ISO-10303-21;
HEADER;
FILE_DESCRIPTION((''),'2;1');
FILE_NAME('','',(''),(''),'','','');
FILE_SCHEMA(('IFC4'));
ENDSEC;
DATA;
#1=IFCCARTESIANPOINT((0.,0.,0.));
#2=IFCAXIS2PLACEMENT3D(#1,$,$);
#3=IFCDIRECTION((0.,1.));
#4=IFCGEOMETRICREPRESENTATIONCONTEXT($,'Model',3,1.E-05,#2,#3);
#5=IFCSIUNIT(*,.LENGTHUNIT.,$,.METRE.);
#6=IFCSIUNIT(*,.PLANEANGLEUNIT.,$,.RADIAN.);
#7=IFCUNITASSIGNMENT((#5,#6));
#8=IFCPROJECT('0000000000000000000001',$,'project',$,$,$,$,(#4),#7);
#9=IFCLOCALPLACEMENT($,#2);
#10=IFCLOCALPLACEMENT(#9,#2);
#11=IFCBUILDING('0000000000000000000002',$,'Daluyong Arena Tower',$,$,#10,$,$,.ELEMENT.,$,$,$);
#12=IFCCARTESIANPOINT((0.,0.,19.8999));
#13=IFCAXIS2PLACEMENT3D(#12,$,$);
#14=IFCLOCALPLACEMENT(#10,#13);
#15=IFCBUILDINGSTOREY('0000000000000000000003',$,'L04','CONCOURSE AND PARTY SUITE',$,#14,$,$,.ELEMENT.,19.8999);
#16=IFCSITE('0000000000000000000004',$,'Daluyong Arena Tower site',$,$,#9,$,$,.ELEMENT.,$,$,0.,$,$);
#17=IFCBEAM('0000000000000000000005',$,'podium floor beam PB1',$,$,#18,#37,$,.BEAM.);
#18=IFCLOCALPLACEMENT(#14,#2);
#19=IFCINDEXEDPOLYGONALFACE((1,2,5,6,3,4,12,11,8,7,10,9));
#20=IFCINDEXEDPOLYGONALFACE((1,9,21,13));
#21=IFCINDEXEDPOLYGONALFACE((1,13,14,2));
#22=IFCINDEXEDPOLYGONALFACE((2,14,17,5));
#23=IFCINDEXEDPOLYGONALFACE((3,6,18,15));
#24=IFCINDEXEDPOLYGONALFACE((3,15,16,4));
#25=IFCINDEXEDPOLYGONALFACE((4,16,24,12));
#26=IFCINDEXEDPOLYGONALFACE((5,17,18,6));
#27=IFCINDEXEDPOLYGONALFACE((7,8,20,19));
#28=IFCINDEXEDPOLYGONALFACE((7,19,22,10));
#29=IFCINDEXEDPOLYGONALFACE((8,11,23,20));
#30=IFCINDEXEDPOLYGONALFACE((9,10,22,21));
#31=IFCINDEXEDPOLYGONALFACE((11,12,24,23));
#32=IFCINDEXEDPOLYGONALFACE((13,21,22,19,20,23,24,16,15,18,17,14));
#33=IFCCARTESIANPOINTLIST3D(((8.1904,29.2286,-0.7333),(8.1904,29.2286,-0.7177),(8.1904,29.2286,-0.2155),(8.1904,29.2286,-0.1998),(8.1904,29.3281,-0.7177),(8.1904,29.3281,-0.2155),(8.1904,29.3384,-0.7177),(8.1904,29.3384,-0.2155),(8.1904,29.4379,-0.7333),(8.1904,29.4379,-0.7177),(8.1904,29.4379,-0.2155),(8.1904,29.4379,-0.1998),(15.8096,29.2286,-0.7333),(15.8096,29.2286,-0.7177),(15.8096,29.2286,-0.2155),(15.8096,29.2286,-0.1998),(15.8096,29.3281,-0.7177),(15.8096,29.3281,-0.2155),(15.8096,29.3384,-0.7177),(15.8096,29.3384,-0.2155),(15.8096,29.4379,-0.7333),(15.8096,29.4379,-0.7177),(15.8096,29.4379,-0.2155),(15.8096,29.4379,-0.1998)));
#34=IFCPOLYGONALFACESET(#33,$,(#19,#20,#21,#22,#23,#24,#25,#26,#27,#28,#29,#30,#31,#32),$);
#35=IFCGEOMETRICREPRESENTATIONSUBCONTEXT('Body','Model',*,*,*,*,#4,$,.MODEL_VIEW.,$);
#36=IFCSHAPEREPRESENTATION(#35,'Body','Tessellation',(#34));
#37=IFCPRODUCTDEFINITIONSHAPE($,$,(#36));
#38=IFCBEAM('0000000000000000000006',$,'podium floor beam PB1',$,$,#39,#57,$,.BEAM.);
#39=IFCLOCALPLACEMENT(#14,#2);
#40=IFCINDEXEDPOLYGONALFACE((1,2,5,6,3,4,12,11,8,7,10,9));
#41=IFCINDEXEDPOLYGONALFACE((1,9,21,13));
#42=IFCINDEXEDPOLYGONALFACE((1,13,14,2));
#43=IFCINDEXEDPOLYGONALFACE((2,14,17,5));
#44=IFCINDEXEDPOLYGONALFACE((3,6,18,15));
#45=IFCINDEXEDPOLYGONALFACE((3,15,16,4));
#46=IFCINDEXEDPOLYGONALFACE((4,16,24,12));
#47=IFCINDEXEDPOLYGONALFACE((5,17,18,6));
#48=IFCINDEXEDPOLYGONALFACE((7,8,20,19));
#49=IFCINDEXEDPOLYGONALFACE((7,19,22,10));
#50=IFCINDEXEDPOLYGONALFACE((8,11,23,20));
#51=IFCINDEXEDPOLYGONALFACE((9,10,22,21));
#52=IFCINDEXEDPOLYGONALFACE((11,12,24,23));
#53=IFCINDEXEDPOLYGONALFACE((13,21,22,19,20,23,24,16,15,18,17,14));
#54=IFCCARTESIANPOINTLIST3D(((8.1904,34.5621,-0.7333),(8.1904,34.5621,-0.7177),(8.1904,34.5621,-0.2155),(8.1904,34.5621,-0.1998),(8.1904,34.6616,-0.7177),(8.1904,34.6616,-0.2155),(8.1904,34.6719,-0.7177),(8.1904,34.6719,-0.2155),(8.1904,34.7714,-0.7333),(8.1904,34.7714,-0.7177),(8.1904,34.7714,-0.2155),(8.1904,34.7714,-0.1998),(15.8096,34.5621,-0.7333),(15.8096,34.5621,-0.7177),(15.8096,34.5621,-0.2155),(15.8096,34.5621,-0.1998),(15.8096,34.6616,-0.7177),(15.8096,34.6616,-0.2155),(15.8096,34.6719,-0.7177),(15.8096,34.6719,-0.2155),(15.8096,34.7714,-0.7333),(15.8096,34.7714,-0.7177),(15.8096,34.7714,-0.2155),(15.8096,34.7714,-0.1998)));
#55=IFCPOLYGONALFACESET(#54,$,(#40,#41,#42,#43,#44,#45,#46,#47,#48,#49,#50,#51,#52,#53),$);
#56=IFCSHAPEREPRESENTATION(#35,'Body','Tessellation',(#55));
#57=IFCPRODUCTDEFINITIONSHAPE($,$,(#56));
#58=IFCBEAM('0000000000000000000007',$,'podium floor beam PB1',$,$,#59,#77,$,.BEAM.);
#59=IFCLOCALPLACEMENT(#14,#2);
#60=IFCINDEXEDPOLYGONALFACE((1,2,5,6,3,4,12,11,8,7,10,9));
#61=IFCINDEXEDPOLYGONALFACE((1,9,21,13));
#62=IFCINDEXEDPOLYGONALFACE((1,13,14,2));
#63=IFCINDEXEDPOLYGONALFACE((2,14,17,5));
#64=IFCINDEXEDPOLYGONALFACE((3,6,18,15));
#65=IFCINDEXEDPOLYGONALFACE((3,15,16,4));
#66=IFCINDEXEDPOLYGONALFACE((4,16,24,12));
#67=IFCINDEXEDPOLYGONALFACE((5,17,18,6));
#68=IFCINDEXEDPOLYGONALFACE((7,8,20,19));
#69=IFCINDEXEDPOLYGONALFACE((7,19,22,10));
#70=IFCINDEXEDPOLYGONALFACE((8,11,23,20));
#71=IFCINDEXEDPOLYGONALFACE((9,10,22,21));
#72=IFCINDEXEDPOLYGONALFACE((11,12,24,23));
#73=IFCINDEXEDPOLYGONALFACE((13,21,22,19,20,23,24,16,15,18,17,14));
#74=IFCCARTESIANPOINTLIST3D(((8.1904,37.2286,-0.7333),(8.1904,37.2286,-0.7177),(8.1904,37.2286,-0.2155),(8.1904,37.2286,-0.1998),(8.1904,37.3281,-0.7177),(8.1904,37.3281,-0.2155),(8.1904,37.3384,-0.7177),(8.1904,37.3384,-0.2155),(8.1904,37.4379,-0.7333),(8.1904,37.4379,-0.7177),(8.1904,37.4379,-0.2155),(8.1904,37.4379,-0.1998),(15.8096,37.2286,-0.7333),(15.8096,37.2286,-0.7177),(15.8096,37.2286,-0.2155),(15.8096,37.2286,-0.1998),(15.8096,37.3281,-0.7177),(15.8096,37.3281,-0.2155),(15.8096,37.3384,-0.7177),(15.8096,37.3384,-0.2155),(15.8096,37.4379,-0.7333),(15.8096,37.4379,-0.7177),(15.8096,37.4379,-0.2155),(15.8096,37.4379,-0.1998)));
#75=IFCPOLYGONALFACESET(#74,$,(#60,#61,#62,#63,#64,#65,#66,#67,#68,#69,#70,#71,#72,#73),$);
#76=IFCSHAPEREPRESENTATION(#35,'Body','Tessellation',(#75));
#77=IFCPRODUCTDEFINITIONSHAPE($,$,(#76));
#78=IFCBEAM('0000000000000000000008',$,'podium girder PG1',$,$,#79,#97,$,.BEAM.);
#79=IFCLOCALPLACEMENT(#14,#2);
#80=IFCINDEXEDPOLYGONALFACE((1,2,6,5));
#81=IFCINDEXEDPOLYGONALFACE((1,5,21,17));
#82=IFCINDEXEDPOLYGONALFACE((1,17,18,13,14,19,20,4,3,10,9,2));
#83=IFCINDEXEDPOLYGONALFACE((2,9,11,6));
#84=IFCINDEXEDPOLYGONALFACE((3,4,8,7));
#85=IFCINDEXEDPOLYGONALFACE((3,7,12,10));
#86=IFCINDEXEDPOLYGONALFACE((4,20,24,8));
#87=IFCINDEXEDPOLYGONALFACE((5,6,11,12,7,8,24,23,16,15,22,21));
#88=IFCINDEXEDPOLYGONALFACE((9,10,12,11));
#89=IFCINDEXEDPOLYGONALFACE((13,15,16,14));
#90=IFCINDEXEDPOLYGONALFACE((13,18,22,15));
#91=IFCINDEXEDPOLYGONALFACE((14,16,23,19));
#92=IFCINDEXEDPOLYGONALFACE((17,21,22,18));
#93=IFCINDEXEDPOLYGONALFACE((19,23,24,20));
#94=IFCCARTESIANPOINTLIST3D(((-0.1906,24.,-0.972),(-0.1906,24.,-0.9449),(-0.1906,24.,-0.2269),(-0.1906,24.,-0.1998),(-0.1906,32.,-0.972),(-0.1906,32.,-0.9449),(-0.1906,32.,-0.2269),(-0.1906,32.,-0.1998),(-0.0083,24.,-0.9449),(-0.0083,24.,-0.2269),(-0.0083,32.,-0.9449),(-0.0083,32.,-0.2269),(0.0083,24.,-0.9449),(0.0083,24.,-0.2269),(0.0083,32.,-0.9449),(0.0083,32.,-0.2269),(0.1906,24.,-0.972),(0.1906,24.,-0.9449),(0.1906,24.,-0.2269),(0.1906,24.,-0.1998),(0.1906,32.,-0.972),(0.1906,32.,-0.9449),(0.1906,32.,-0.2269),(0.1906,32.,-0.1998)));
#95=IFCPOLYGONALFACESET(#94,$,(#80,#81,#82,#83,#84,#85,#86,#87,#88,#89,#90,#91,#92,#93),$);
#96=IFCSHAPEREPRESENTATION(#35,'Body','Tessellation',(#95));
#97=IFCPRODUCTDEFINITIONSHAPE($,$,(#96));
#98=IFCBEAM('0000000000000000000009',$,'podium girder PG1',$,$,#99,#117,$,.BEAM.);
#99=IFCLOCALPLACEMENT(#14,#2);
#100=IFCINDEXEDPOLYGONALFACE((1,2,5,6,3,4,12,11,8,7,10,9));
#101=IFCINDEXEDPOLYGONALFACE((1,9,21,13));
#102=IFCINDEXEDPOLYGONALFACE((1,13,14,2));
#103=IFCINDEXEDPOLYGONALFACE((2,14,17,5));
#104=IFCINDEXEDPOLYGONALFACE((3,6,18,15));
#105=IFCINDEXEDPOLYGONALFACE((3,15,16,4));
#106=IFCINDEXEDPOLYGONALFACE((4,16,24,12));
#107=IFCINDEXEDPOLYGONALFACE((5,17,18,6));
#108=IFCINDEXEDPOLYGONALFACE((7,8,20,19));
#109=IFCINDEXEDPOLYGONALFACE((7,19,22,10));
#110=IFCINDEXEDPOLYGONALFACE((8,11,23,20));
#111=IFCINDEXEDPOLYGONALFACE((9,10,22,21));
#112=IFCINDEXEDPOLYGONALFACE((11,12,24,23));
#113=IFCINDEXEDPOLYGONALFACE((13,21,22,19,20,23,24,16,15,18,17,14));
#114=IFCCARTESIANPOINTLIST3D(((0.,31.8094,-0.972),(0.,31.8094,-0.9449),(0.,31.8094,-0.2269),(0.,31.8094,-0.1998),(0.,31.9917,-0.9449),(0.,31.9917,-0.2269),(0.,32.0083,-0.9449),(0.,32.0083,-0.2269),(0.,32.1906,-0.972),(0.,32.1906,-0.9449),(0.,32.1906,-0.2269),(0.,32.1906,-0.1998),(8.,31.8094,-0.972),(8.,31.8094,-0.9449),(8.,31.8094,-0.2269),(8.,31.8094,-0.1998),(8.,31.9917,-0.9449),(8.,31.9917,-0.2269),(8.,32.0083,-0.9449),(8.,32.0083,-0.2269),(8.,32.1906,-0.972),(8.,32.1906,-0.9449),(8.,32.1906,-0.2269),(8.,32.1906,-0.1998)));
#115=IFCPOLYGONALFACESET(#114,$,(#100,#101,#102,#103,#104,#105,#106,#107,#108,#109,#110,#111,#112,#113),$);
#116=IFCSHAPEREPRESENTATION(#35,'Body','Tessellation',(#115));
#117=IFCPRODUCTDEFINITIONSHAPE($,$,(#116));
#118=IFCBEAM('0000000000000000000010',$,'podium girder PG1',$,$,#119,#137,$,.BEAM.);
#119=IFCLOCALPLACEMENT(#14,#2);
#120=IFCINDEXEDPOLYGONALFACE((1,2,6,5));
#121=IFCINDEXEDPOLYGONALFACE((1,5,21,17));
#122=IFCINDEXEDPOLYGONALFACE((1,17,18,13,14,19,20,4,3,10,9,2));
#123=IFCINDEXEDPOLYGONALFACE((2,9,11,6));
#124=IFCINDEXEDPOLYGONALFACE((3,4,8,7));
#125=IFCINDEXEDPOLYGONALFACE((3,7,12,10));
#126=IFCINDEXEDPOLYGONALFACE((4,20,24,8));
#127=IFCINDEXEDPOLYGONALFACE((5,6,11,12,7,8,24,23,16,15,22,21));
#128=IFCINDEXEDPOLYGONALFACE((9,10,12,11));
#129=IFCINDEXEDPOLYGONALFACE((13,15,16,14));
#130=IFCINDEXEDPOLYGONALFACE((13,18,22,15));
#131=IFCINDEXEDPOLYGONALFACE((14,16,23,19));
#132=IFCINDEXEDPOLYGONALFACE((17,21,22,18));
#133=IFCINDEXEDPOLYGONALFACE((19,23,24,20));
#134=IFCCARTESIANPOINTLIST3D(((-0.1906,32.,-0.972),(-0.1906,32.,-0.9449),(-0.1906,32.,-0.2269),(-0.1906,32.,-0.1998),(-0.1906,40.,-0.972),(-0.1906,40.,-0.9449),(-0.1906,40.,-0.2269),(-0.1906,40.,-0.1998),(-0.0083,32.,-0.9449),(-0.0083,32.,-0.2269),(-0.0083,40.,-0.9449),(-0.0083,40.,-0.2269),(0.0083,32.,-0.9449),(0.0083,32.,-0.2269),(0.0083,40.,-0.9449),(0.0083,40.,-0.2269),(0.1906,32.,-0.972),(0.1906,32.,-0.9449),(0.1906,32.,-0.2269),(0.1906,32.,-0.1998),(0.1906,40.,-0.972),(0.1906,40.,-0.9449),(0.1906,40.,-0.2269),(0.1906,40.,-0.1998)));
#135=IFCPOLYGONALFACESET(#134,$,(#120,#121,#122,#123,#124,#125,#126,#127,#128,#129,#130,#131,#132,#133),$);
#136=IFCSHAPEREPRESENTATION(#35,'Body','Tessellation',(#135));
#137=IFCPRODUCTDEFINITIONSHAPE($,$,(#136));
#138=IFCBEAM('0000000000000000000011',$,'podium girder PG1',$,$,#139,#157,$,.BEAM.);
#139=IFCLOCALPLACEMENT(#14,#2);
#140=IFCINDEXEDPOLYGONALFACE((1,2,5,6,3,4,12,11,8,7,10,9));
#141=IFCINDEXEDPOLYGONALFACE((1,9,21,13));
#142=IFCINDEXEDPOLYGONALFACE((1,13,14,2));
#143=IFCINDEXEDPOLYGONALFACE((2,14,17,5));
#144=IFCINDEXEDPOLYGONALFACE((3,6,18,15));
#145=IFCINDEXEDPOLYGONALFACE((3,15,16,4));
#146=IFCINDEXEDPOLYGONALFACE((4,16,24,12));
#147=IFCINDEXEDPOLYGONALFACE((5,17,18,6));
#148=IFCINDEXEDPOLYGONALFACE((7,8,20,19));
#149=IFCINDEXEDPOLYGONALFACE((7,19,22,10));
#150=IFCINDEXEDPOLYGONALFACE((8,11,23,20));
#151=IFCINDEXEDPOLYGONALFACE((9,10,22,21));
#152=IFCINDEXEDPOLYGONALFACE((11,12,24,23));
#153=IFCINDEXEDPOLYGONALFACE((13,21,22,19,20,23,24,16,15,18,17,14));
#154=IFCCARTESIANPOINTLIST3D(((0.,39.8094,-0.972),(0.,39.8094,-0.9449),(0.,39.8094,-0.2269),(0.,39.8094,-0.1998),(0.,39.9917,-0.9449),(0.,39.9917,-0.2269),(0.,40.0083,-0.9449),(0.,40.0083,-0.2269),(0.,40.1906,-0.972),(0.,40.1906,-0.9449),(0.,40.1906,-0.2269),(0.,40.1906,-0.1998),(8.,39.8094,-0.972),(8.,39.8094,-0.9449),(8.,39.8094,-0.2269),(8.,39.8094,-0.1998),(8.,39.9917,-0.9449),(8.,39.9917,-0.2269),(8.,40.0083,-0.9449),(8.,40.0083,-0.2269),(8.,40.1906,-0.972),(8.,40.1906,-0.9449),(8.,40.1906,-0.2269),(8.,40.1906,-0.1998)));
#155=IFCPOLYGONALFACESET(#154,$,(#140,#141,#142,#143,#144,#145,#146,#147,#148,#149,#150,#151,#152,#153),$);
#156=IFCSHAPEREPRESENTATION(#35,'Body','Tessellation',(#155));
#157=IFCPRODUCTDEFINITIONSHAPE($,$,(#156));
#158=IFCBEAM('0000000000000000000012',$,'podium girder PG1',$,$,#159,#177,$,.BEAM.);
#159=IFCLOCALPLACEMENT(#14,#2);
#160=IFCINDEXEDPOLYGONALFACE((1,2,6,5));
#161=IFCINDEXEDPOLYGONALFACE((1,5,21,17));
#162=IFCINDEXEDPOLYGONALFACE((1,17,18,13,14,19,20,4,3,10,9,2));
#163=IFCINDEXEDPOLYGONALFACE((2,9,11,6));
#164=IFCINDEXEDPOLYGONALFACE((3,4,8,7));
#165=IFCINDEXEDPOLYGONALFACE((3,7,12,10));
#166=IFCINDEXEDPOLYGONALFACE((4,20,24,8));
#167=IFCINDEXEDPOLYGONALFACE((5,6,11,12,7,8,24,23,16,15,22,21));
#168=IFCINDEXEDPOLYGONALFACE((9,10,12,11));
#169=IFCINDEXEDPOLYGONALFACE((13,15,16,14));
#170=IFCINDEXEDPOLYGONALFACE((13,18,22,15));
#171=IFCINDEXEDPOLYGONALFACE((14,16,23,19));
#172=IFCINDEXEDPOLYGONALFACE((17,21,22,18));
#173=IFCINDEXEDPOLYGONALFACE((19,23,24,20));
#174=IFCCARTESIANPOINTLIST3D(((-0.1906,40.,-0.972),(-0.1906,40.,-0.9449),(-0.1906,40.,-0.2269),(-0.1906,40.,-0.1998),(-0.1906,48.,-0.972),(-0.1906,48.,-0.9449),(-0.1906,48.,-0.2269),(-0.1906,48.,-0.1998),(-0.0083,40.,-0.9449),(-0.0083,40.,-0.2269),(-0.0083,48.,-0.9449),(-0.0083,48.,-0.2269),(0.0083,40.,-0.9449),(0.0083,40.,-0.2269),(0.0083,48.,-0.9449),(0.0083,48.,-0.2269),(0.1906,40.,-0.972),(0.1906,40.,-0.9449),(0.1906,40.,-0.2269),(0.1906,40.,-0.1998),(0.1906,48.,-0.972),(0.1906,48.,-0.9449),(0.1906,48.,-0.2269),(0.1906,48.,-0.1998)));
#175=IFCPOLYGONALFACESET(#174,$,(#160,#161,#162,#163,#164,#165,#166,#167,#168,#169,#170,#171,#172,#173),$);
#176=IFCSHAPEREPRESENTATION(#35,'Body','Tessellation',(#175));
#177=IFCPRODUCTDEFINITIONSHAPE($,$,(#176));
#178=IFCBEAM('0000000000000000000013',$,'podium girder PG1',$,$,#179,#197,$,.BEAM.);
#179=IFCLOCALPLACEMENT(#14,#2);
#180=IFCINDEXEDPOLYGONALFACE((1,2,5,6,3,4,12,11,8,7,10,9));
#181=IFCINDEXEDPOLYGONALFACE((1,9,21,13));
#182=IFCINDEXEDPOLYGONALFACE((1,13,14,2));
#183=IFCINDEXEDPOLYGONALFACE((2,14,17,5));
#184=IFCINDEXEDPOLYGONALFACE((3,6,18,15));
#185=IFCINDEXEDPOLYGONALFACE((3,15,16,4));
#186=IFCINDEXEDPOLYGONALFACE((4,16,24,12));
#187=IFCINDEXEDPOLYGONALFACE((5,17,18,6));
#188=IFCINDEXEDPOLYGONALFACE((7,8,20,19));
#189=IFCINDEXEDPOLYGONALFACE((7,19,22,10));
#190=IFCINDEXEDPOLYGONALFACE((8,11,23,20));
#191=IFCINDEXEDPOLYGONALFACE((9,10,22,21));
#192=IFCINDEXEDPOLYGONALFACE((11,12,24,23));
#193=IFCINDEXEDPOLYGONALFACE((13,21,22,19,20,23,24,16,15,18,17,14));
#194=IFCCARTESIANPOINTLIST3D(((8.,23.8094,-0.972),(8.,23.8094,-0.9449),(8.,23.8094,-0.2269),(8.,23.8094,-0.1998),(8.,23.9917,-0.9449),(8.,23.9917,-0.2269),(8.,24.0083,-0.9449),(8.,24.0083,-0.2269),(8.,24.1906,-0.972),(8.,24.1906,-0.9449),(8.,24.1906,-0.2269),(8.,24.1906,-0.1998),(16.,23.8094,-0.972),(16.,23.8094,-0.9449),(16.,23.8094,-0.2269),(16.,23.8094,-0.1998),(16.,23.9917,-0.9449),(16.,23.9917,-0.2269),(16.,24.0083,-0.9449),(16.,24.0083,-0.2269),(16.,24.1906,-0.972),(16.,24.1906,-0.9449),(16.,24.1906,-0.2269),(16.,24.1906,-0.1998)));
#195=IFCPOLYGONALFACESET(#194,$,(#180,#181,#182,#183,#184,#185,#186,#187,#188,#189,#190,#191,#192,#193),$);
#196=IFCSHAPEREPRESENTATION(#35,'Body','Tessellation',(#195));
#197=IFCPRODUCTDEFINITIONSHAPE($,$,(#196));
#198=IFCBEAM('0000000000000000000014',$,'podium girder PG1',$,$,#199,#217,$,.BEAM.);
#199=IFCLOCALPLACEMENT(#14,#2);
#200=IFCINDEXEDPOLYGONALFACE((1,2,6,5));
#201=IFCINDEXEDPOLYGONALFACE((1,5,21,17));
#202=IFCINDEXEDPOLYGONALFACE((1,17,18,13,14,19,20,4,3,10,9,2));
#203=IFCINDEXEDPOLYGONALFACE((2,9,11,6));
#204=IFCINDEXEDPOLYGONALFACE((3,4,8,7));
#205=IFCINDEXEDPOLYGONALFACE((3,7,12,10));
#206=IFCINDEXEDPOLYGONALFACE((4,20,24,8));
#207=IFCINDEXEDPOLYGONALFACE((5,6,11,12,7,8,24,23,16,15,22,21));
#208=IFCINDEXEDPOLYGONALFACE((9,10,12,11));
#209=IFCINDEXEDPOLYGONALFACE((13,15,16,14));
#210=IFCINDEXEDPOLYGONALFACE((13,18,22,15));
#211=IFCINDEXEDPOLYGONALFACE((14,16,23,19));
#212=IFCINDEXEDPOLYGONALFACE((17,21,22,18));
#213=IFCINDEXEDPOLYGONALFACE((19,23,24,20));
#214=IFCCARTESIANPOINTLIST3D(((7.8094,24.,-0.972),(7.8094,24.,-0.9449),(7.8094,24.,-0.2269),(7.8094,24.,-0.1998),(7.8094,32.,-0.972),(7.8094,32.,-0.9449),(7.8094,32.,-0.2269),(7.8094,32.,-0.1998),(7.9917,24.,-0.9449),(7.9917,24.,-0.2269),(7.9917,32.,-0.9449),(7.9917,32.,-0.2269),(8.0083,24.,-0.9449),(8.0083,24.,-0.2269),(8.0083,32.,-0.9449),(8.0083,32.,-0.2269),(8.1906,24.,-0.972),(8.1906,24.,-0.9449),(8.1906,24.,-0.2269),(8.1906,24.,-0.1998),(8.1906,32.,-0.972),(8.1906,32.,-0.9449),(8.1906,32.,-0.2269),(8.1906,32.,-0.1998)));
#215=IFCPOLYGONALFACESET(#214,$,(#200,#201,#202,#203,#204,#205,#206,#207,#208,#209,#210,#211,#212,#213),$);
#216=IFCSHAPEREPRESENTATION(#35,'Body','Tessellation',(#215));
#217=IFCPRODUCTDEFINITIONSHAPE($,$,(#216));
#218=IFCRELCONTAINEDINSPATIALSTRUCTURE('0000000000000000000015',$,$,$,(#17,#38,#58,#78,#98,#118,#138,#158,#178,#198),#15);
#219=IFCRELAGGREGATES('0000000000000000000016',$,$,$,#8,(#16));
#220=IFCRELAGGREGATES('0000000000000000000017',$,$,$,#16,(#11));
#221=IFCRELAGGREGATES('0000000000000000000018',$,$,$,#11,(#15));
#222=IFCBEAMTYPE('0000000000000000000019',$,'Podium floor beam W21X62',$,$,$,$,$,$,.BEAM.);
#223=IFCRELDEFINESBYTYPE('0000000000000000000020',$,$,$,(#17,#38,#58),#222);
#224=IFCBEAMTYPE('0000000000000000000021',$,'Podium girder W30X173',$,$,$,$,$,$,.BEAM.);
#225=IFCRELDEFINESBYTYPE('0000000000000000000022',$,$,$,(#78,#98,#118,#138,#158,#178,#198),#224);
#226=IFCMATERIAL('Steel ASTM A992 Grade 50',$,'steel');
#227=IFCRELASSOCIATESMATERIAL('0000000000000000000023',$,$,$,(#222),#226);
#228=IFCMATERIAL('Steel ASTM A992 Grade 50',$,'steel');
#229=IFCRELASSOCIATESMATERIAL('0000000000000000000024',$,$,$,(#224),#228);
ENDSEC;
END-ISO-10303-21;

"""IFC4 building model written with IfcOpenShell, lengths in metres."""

from ifc_helpers import new_model, si_unit, direction, frame, origin, origin_2d, place, context, subcontext, project, spatial, i_section, extrude, material, material_profile, profile_set, type_object, element, save


model = new_model("IFC4")

# Units and contexts
model_context = context("Model", 3, precision=1e-05, world=origin(), true_north=direction((0.0, 1.0)))
body_context = subcontext(model_context, "Body", "Model", "MODEL_VIEW")
ifc_project = project(units=[si_unit("LENGTHUNIT", "METRE"), si_unit("PLANEANGLEUNIT", "RADIAN")], contexts=[model_context])

# Site, building, storey
site_placement = place(None, origin())
site = spatial("IfcSite", under=ifc_project, at=site_placement, Name="Daluyong Arena Tower site", CompositionType="ELEMENT", RefElevation=0.0)
building_placement = place(site_placement, origin())
building = spatial("IfcBuilding", under=site, at=building_placement, Name="Daluyong Arena Tower", CompositionType="ELEMENT")
storey_placement = place(building_placement, frame((0.0, 0.0, 19.8999)))
storey = spatial("IfcBuildingStorey", under=building, at=storey_placement, Name="L04", Description="CONCOURSE AND PARTY SUITE", CompositionType="ELEMENT", Elevation=19.8999)

# Beams
ifc_material_1 = material(Name="Steel ASTM A992 Grade 50", Category="steel")
ifc_material_profile_1 = material_profile(ifc_material_1, i_section(OverallWidth=0.2092, OverallDepth=0.5334, WebThickness=0.0103, FlangeThickness=0.0156, at=origin_2d()))
ifc_profile_set_1 = profile_set([ifc_material_profile_1], Name="Steel ASTM A992 Grade 50")
beam_type_1 = type_object("IfcBeamType", Name="Podium floor beam W21X62", PredefinedType="BEAM", material=ifc_profile_set_1)
for number, where, z_axis, x_axis, name in (
    (1, (8.1904, 29.3333, -0.4666), (1.0, 0.0, 0.0), (0.0, 1.0, 0.0), "podium floor beam PB1"),
    (2, (8.1904, 34.6667, -0.4666), (1.0, 0.0, 0.0), (0.0, 1.0, 0.0), "podium floor beam PB1"),
    (3, (8.1904, 37.3333, -0.4666), (1.0, 0.0, 0.0), (0.0, 1.0, 0.0), "podium floor beam PB1"),
):
    element("IfcBeam", number, at=place(storey_placement, frame(where, z_axis=z_axis, x_axis=x_axis)), inside=storey, type_object=beam_type_1, Name=name, PredefinedType="BEAM", context=body_context, shape_type="SweptSolid", body=[
        extrude(i_section(OverallWidth=0.2092, OverallDepth=0.5334, WebThickness=0.0103, FlangeThickness=0.0156, at=origin_2d()), origin(), (0.0, 0.0, 1.0), 7.6191),
    ])
ifc_material_2 = material(Name="Steel ASTM A992 Grade 50", Category="steel")
ifc_material_profile_2 = material_profile(ifc_material_2, i_section(OverallWidth=0.3811, OverallDepth=0.7722, WebThickness=0.0166, FlangeThickness=0.0271, at=origin_2d()))
ifc_profile_set_2 = profile_set([ifc_material_profile_2], Name="Steel ASTM A992 Grade 50")
beam_type_2 = type_object("IfcBeamType", Name="Podium girder W30X173", PredefinedType="BEAM", material=ifc_profile_set_2)
for number, where, z_axis, x_axis, name in (
    (4, (0.0, 24.0, -0.5859), (0.0, 1.0, 0.0), (-1.0, 0.0, 0.0), "podium girder PG1"),
    (5, (0.0, 32.0, -0.5859), (1.0, 0.0, 0.0), (0.0, 1.0, 0.0), "podium girder PG1"),
    (6, (0.0, 32.0, -0.5859), (0.0, 1.0, 0.0), (-1.0, 0.0, 0.0), "podium girder PG1"),
    (7, (0.0, 40.0, -0.5859), (1.0, 0.0, 0.0), (0.0, 1.0, 0.0), "podium girder PG1"),
    (8, (0.0, 40.0, -0.5859), (0.0, 1.0, 0.0), (-1.0, 0.0, 0.0), "podium girder PG1"),
    (9, (8.0, 24.0, -0.5859), (1.0, 0.0, 0.0), (0.0, 1.0, 0.0), "podium girder PG1"),
    (10, (8.0, 24.0, -0.5859), (0.0, 1.0, 0.0), (-1.0, 0.0, 0.0), "podium girder PG1"),
):
    element("IfcBeam", number, at=place(storey_placement, frame(where, z_axis=z_axis, x_axis=x_axis)), inside=storey, type_object=beam_type_2, Name=name, PredefinedType="BEAM", context=body_context, shape_type="SweptSolid", body=[
        extrude(i_section(OverallWidth=0.3811, OverallDepth=0.7722, WebThickness=0.0166, FlangeThickness=0.0271, at=origin_2d()), origin(), (0.0, 0.0, 1.0), 8.0),
    ])

save(model, "model.ifc")
